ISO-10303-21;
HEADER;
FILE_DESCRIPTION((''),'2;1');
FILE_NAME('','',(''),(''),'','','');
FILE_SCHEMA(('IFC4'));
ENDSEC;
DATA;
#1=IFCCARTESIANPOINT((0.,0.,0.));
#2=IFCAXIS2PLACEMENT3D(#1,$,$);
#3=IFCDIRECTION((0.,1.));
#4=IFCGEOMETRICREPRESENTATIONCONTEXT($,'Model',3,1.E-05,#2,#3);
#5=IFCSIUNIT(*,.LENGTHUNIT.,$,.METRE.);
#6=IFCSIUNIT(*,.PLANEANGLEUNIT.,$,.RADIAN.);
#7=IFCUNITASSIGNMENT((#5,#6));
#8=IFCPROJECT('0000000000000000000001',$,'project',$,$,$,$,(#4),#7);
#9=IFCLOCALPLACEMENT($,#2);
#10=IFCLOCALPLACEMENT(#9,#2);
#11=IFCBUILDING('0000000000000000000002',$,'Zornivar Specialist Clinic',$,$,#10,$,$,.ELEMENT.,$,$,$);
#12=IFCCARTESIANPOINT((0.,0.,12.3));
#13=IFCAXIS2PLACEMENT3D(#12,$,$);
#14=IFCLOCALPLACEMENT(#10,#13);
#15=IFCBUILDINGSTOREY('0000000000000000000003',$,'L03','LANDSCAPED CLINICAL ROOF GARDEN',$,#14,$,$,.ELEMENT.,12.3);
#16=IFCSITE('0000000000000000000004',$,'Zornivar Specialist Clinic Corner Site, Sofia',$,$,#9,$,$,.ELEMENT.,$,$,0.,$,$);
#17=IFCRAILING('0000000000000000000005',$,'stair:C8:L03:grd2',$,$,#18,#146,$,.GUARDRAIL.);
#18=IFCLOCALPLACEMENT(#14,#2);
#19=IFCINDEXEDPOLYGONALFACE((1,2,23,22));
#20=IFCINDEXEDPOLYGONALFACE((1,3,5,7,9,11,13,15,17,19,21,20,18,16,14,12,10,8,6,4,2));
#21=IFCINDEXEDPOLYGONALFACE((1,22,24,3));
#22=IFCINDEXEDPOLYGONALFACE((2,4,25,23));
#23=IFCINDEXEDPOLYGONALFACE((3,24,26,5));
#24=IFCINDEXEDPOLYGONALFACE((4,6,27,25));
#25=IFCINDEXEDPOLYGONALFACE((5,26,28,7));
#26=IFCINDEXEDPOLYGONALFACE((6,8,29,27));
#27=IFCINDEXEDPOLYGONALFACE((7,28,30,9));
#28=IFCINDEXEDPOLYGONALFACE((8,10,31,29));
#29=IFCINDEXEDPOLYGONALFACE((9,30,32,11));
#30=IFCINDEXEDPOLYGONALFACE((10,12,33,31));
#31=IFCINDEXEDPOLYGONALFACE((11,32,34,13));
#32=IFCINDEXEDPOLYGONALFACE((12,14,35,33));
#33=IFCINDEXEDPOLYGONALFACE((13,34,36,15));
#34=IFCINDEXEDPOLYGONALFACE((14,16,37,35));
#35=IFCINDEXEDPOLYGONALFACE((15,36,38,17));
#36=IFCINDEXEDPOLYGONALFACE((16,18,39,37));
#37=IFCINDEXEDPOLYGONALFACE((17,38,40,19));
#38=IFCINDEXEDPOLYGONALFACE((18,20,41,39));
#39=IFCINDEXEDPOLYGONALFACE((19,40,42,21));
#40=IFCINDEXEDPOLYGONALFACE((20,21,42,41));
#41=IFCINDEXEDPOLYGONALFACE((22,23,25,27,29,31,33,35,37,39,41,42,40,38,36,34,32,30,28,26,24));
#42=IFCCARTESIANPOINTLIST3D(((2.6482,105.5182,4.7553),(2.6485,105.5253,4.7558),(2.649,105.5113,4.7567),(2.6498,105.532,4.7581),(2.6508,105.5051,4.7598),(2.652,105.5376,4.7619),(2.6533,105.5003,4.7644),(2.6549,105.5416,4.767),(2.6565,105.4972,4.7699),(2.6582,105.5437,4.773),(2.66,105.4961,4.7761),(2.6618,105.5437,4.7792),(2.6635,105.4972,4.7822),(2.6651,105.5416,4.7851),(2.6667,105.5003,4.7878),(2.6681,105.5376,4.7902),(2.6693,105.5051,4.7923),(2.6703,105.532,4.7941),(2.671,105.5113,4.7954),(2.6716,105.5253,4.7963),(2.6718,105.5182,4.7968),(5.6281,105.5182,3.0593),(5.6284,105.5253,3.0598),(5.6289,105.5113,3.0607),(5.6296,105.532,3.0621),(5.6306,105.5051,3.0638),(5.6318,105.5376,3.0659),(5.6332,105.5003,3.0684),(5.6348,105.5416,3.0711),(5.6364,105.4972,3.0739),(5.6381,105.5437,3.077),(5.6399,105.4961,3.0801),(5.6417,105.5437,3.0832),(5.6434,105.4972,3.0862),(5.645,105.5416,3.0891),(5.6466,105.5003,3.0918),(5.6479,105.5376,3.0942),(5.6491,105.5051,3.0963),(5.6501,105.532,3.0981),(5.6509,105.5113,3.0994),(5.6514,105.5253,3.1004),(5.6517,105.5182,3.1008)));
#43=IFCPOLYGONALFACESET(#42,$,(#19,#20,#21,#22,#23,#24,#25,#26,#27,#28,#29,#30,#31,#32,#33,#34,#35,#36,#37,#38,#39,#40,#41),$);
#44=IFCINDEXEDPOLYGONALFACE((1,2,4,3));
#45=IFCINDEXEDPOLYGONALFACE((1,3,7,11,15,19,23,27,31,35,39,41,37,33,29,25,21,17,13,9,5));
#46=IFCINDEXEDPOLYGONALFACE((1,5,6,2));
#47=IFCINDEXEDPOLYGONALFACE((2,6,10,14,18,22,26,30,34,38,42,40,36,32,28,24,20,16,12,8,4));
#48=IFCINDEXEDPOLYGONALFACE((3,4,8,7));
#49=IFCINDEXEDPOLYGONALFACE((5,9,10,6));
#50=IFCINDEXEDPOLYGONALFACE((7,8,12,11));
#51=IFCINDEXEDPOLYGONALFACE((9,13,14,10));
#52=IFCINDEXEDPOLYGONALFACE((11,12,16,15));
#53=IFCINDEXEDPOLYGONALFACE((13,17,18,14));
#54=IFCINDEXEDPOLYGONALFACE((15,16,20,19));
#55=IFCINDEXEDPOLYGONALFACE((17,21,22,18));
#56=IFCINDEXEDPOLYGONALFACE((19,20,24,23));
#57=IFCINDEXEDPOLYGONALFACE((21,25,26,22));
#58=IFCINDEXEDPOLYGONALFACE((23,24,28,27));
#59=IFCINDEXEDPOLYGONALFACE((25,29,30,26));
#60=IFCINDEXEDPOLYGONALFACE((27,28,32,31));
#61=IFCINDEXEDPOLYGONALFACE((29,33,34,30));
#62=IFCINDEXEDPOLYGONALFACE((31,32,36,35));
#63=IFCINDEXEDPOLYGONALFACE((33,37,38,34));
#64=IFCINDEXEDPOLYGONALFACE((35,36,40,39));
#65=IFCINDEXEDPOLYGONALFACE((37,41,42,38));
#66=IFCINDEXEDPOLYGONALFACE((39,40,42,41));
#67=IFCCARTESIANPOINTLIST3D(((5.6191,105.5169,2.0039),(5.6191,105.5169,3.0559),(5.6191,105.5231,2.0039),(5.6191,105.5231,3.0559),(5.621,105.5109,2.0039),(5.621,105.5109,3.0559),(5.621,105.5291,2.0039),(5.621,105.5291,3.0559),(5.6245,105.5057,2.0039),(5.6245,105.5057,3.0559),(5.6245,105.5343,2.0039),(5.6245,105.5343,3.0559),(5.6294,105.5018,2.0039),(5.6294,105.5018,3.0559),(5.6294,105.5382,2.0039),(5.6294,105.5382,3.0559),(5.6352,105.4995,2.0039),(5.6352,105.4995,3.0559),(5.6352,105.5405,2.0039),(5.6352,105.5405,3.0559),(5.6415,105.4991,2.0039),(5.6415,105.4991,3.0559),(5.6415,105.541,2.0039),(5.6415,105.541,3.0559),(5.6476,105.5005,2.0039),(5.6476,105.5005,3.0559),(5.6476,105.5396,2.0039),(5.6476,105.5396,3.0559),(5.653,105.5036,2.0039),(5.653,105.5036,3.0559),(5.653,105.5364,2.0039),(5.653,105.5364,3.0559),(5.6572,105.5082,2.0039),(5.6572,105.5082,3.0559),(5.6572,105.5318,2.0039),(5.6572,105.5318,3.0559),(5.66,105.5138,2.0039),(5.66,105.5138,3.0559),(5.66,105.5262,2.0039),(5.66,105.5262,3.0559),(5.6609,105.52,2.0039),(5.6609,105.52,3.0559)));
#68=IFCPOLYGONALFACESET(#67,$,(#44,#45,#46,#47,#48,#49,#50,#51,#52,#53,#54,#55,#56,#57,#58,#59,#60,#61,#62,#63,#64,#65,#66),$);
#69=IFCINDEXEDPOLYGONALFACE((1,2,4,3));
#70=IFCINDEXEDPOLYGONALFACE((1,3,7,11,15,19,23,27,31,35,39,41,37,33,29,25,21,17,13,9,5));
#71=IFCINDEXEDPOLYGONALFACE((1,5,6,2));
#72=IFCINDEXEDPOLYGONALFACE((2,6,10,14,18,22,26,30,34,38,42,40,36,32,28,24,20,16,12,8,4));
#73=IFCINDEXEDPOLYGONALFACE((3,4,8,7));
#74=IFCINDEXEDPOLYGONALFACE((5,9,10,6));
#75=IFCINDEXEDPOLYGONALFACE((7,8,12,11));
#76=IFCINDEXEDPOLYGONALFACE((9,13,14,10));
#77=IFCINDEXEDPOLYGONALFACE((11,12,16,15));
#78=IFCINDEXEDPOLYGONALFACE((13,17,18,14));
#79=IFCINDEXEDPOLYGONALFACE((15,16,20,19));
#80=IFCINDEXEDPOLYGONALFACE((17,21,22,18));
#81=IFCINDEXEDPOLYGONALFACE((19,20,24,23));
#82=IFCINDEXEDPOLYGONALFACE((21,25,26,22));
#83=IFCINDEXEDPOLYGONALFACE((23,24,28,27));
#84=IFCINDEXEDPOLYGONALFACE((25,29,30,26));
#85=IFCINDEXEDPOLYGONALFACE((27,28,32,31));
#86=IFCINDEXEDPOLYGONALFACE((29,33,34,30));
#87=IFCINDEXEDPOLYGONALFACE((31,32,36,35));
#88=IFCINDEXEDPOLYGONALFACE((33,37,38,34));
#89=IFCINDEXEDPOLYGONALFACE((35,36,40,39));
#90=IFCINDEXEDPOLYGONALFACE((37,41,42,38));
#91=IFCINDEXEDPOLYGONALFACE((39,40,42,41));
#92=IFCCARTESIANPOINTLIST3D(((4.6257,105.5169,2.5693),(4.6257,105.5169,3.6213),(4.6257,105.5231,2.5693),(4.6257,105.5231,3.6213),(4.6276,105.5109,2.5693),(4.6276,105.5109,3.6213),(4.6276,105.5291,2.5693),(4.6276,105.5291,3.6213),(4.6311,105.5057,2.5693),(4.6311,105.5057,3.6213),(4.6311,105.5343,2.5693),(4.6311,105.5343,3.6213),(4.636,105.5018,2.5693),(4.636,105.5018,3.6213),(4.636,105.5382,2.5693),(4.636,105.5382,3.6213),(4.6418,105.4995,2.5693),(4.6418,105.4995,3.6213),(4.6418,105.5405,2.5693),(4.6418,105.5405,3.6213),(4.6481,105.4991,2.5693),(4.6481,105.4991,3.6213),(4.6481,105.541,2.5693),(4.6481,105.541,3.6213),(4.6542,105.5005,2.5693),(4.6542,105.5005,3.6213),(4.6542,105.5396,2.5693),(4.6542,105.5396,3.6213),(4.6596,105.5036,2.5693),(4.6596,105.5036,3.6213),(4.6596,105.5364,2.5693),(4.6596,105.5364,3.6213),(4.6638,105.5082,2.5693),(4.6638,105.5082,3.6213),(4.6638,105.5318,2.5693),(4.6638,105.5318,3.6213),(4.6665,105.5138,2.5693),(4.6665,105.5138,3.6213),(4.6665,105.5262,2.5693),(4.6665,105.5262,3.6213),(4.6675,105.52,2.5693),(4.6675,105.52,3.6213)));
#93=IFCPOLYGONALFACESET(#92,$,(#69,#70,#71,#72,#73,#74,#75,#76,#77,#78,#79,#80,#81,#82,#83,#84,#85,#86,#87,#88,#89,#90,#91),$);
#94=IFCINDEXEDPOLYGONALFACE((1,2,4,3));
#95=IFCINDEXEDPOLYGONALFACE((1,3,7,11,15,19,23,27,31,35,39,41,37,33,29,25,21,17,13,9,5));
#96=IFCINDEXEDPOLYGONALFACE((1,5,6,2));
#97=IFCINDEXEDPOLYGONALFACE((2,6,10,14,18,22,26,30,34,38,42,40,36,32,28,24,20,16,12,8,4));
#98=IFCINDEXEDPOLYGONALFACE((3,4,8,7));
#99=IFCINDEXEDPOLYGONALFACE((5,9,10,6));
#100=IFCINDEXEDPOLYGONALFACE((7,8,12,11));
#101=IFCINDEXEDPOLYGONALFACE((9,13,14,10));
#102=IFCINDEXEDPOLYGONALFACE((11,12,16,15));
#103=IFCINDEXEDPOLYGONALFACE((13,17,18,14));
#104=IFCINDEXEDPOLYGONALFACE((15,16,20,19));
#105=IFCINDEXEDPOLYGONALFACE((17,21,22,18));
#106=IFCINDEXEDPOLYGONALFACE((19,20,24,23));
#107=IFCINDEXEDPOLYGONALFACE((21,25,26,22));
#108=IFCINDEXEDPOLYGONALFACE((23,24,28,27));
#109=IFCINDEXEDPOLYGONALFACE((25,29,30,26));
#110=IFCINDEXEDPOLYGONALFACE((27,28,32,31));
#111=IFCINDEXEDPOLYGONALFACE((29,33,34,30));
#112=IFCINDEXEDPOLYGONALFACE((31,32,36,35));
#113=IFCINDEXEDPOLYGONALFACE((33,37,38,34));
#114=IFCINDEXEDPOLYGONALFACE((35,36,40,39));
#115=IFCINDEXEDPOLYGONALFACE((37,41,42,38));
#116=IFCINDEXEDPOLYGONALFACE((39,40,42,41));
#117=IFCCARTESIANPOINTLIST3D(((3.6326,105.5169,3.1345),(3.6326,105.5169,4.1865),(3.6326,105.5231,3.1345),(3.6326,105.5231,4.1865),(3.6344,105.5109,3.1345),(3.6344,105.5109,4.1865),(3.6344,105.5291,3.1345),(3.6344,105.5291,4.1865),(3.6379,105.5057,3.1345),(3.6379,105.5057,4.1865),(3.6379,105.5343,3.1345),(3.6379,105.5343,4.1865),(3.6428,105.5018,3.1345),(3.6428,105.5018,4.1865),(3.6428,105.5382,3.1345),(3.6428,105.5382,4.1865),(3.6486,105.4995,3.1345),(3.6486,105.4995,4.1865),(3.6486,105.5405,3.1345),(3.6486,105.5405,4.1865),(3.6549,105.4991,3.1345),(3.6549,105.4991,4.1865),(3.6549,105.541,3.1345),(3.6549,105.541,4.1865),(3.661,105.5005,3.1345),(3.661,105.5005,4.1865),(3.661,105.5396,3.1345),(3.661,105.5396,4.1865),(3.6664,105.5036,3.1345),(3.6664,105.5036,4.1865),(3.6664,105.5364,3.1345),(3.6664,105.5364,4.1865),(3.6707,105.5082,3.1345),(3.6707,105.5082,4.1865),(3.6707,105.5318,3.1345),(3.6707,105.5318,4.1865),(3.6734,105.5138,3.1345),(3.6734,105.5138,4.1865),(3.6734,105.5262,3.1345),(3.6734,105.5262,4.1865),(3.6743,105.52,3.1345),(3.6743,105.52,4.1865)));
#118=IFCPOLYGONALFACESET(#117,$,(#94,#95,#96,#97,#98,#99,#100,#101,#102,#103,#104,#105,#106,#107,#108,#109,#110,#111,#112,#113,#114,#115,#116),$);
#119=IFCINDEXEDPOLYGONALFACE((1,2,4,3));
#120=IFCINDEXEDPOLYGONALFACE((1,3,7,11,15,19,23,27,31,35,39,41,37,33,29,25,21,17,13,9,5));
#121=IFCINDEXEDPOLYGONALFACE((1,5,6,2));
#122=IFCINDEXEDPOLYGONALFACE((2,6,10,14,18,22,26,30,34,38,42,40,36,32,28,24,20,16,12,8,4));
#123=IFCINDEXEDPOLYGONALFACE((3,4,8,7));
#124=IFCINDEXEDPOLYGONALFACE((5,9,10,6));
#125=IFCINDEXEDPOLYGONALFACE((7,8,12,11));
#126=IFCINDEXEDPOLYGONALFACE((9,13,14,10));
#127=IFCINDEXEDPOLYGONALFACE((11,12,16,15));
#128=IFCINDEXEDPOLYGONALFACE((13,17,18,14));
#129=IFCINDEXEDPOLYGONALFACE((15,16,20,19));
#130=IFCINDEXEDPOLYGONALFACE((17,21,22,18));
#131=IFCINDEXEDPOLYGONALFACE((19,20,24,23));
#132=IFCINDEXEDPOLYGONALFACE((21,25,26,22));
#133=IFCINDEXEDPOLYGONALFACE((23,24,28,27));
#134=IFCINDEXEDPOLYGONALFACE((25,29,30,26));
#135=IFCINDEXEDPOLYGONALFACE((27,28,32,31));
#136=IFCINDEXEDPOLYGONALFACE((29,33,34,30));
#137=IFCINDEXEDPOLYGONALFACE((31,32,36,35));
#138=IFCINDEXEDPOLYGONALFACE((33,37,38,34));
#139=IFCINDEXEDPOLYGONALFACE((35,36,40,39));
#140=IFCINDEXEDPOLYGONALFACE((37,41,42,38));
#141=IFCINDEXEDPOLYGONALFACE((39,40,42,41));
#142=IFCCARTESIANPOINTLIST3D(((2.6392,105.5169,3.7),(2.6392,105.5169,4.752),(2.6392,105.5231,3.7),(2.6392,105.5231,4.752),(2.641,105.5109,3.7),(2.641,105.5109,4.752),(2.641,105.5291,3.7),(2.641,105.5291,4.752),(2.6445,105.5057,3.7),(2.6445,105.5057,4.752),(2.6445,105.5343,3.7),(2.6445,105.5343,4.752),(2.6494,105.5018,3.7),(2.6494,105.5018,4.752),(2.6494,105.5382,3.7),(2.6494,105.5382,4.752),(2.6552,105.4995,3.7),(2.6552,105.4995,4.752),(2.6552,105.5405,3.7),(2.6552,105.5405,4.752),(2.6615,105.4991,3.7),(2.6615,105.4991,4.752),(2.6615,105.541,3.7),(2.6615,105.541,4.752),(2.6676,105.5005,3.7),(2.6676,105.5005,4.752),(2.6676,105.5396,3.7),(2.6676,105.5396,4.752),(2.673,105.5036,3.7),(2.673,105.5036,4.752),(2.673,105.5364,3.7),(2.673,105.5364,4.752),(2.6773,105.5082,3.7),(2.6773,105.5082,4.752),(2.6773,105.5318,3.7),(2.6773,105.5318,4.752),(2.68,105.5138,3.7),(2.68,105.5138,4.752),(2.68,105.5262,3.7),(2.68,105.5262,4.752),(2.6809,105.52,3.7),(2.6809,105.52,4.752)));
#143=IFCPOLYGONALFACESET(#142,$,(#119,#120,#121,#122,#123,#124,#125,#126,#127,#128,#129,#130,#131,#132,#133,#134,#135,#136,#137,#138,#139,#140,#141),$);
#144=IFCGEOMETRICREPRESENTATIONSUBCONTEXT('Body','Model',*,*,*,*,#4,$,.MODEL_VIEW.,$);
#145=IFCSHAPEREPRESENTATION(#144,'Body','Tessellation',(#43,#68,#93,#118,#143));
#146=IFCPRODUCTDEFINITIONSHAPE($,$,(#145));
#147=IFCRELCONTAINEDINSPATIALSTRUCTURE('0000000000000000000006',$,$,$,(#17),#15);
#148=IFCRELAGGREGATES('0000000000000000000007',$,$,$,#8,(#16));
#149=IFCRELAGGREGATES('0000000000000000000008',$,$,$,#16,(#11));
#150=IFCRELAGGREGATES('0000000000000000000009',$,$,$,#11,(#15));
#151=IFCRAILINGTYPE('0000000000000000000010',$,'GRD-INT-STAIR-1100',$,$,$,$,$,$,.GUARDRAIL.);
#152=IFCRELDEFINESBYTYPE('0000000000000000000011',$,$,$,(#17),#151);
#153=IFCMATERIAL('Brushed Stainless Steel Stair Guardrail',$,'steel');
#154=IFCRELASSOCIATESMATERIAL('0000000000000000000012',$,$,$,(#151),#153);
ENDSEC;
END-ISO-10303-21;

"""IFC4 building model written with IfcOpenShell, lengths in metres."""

from ifc_helpers import new_model, si_unit, direction, frame, origin, origin_2d, place, context, subcontext, project, spatial, circle, extrude, material, type_object, element, save


model = new_model("IFC4")

# Units and contexts
model_context = context("Model", 3, precision=1e-05, world=origin(), true_north=direction((0.0, 1.0)))
body_context = subcontext(model_context, "Body", "Model", "MODEL_VIEW")
ifc_project = project(units=[si_unit("LENGTHUNIT", "METRE"), si_unit("PLANEANGLEUNIT", "RADIAN")], contexts=[model_context])

# Site, building, storey
site_placement = place(None, origin())
site = spatial("IfcSite", under=ifc_project, at=site_placement, Name="Zornivar Specialist Clinic Corner Site, Sofia", CompositionType="ELEMENT", RefElevation=0.0)
building_placement = place(site_placement, origin())
building = spatial("IfcBuilding", under=site, at=building_placement, Name="Zornivar Specialist Clinic", CompositionType="ELEMENT")
storey_placement = place(building_placement, frame((0.0, 0.0, 12.3)))
storey = spatial("IfcBuildingStorey", under=building, at=storey_placement, Name="L03", Description="LANDSCAPED CLINICAL ROOF GARDEN", CompositionType="ELEMENT", Elevation=12.3)

# Railing
ifc_material_1 = material(Name="Brushed Stainless Steel Stair Guardrail", Category="steel")
railing_type_1 = type_object("IfcRailingType", Name="GRD-INT-STAIR-1100", PredefinedType="GUARDRAIL", material=ifc_material_1)
railing_1_placement = place(storey_placement, frame((5.6399, 105.52, 2.0039)))
element("IfcRailing", 1, at=railing_1_placement, inside=storey, type_object=railing_type_1, Name="stair:C8:L03:grd2", PredefinedType="GUARDRAIL", context=body_context, shape_type="SweptSolid", body=[
    extrude(circle(Radius=0.0239, at=origin_2d()), frame((0.0, 0.0, 1.0762), z_axis=(-0.869096, 0.0, 0.494643), x_axis=(0.0, -1.0, 0.0)), (0.0, 0.0, 1.0), 3.4287),
    extrude(circle(Radius=0.021, at=origin_2d()), origin(), (0.0, 0.0, 1.0), 1.052),
    extrude(circle(Radius=0.021, at=origin_2d()), frame((-0.9934, 0.0, 0.5654)), (0.0, 0.0, 1.0), 1.052),
    extrude(circle(Radius=0.021, at=origin_2d()), frame((-1.9866, 0.0, 1.1306)), (0.0, 0.0, 1.0), 1.052),
    extrude(circle(Radius=0.021, at=origin_2d()), frame((-2.98, 0.0, 1.696)), (0.0, 0.0, 1.0), 1.052),
])

save(model, "model.ifc")
